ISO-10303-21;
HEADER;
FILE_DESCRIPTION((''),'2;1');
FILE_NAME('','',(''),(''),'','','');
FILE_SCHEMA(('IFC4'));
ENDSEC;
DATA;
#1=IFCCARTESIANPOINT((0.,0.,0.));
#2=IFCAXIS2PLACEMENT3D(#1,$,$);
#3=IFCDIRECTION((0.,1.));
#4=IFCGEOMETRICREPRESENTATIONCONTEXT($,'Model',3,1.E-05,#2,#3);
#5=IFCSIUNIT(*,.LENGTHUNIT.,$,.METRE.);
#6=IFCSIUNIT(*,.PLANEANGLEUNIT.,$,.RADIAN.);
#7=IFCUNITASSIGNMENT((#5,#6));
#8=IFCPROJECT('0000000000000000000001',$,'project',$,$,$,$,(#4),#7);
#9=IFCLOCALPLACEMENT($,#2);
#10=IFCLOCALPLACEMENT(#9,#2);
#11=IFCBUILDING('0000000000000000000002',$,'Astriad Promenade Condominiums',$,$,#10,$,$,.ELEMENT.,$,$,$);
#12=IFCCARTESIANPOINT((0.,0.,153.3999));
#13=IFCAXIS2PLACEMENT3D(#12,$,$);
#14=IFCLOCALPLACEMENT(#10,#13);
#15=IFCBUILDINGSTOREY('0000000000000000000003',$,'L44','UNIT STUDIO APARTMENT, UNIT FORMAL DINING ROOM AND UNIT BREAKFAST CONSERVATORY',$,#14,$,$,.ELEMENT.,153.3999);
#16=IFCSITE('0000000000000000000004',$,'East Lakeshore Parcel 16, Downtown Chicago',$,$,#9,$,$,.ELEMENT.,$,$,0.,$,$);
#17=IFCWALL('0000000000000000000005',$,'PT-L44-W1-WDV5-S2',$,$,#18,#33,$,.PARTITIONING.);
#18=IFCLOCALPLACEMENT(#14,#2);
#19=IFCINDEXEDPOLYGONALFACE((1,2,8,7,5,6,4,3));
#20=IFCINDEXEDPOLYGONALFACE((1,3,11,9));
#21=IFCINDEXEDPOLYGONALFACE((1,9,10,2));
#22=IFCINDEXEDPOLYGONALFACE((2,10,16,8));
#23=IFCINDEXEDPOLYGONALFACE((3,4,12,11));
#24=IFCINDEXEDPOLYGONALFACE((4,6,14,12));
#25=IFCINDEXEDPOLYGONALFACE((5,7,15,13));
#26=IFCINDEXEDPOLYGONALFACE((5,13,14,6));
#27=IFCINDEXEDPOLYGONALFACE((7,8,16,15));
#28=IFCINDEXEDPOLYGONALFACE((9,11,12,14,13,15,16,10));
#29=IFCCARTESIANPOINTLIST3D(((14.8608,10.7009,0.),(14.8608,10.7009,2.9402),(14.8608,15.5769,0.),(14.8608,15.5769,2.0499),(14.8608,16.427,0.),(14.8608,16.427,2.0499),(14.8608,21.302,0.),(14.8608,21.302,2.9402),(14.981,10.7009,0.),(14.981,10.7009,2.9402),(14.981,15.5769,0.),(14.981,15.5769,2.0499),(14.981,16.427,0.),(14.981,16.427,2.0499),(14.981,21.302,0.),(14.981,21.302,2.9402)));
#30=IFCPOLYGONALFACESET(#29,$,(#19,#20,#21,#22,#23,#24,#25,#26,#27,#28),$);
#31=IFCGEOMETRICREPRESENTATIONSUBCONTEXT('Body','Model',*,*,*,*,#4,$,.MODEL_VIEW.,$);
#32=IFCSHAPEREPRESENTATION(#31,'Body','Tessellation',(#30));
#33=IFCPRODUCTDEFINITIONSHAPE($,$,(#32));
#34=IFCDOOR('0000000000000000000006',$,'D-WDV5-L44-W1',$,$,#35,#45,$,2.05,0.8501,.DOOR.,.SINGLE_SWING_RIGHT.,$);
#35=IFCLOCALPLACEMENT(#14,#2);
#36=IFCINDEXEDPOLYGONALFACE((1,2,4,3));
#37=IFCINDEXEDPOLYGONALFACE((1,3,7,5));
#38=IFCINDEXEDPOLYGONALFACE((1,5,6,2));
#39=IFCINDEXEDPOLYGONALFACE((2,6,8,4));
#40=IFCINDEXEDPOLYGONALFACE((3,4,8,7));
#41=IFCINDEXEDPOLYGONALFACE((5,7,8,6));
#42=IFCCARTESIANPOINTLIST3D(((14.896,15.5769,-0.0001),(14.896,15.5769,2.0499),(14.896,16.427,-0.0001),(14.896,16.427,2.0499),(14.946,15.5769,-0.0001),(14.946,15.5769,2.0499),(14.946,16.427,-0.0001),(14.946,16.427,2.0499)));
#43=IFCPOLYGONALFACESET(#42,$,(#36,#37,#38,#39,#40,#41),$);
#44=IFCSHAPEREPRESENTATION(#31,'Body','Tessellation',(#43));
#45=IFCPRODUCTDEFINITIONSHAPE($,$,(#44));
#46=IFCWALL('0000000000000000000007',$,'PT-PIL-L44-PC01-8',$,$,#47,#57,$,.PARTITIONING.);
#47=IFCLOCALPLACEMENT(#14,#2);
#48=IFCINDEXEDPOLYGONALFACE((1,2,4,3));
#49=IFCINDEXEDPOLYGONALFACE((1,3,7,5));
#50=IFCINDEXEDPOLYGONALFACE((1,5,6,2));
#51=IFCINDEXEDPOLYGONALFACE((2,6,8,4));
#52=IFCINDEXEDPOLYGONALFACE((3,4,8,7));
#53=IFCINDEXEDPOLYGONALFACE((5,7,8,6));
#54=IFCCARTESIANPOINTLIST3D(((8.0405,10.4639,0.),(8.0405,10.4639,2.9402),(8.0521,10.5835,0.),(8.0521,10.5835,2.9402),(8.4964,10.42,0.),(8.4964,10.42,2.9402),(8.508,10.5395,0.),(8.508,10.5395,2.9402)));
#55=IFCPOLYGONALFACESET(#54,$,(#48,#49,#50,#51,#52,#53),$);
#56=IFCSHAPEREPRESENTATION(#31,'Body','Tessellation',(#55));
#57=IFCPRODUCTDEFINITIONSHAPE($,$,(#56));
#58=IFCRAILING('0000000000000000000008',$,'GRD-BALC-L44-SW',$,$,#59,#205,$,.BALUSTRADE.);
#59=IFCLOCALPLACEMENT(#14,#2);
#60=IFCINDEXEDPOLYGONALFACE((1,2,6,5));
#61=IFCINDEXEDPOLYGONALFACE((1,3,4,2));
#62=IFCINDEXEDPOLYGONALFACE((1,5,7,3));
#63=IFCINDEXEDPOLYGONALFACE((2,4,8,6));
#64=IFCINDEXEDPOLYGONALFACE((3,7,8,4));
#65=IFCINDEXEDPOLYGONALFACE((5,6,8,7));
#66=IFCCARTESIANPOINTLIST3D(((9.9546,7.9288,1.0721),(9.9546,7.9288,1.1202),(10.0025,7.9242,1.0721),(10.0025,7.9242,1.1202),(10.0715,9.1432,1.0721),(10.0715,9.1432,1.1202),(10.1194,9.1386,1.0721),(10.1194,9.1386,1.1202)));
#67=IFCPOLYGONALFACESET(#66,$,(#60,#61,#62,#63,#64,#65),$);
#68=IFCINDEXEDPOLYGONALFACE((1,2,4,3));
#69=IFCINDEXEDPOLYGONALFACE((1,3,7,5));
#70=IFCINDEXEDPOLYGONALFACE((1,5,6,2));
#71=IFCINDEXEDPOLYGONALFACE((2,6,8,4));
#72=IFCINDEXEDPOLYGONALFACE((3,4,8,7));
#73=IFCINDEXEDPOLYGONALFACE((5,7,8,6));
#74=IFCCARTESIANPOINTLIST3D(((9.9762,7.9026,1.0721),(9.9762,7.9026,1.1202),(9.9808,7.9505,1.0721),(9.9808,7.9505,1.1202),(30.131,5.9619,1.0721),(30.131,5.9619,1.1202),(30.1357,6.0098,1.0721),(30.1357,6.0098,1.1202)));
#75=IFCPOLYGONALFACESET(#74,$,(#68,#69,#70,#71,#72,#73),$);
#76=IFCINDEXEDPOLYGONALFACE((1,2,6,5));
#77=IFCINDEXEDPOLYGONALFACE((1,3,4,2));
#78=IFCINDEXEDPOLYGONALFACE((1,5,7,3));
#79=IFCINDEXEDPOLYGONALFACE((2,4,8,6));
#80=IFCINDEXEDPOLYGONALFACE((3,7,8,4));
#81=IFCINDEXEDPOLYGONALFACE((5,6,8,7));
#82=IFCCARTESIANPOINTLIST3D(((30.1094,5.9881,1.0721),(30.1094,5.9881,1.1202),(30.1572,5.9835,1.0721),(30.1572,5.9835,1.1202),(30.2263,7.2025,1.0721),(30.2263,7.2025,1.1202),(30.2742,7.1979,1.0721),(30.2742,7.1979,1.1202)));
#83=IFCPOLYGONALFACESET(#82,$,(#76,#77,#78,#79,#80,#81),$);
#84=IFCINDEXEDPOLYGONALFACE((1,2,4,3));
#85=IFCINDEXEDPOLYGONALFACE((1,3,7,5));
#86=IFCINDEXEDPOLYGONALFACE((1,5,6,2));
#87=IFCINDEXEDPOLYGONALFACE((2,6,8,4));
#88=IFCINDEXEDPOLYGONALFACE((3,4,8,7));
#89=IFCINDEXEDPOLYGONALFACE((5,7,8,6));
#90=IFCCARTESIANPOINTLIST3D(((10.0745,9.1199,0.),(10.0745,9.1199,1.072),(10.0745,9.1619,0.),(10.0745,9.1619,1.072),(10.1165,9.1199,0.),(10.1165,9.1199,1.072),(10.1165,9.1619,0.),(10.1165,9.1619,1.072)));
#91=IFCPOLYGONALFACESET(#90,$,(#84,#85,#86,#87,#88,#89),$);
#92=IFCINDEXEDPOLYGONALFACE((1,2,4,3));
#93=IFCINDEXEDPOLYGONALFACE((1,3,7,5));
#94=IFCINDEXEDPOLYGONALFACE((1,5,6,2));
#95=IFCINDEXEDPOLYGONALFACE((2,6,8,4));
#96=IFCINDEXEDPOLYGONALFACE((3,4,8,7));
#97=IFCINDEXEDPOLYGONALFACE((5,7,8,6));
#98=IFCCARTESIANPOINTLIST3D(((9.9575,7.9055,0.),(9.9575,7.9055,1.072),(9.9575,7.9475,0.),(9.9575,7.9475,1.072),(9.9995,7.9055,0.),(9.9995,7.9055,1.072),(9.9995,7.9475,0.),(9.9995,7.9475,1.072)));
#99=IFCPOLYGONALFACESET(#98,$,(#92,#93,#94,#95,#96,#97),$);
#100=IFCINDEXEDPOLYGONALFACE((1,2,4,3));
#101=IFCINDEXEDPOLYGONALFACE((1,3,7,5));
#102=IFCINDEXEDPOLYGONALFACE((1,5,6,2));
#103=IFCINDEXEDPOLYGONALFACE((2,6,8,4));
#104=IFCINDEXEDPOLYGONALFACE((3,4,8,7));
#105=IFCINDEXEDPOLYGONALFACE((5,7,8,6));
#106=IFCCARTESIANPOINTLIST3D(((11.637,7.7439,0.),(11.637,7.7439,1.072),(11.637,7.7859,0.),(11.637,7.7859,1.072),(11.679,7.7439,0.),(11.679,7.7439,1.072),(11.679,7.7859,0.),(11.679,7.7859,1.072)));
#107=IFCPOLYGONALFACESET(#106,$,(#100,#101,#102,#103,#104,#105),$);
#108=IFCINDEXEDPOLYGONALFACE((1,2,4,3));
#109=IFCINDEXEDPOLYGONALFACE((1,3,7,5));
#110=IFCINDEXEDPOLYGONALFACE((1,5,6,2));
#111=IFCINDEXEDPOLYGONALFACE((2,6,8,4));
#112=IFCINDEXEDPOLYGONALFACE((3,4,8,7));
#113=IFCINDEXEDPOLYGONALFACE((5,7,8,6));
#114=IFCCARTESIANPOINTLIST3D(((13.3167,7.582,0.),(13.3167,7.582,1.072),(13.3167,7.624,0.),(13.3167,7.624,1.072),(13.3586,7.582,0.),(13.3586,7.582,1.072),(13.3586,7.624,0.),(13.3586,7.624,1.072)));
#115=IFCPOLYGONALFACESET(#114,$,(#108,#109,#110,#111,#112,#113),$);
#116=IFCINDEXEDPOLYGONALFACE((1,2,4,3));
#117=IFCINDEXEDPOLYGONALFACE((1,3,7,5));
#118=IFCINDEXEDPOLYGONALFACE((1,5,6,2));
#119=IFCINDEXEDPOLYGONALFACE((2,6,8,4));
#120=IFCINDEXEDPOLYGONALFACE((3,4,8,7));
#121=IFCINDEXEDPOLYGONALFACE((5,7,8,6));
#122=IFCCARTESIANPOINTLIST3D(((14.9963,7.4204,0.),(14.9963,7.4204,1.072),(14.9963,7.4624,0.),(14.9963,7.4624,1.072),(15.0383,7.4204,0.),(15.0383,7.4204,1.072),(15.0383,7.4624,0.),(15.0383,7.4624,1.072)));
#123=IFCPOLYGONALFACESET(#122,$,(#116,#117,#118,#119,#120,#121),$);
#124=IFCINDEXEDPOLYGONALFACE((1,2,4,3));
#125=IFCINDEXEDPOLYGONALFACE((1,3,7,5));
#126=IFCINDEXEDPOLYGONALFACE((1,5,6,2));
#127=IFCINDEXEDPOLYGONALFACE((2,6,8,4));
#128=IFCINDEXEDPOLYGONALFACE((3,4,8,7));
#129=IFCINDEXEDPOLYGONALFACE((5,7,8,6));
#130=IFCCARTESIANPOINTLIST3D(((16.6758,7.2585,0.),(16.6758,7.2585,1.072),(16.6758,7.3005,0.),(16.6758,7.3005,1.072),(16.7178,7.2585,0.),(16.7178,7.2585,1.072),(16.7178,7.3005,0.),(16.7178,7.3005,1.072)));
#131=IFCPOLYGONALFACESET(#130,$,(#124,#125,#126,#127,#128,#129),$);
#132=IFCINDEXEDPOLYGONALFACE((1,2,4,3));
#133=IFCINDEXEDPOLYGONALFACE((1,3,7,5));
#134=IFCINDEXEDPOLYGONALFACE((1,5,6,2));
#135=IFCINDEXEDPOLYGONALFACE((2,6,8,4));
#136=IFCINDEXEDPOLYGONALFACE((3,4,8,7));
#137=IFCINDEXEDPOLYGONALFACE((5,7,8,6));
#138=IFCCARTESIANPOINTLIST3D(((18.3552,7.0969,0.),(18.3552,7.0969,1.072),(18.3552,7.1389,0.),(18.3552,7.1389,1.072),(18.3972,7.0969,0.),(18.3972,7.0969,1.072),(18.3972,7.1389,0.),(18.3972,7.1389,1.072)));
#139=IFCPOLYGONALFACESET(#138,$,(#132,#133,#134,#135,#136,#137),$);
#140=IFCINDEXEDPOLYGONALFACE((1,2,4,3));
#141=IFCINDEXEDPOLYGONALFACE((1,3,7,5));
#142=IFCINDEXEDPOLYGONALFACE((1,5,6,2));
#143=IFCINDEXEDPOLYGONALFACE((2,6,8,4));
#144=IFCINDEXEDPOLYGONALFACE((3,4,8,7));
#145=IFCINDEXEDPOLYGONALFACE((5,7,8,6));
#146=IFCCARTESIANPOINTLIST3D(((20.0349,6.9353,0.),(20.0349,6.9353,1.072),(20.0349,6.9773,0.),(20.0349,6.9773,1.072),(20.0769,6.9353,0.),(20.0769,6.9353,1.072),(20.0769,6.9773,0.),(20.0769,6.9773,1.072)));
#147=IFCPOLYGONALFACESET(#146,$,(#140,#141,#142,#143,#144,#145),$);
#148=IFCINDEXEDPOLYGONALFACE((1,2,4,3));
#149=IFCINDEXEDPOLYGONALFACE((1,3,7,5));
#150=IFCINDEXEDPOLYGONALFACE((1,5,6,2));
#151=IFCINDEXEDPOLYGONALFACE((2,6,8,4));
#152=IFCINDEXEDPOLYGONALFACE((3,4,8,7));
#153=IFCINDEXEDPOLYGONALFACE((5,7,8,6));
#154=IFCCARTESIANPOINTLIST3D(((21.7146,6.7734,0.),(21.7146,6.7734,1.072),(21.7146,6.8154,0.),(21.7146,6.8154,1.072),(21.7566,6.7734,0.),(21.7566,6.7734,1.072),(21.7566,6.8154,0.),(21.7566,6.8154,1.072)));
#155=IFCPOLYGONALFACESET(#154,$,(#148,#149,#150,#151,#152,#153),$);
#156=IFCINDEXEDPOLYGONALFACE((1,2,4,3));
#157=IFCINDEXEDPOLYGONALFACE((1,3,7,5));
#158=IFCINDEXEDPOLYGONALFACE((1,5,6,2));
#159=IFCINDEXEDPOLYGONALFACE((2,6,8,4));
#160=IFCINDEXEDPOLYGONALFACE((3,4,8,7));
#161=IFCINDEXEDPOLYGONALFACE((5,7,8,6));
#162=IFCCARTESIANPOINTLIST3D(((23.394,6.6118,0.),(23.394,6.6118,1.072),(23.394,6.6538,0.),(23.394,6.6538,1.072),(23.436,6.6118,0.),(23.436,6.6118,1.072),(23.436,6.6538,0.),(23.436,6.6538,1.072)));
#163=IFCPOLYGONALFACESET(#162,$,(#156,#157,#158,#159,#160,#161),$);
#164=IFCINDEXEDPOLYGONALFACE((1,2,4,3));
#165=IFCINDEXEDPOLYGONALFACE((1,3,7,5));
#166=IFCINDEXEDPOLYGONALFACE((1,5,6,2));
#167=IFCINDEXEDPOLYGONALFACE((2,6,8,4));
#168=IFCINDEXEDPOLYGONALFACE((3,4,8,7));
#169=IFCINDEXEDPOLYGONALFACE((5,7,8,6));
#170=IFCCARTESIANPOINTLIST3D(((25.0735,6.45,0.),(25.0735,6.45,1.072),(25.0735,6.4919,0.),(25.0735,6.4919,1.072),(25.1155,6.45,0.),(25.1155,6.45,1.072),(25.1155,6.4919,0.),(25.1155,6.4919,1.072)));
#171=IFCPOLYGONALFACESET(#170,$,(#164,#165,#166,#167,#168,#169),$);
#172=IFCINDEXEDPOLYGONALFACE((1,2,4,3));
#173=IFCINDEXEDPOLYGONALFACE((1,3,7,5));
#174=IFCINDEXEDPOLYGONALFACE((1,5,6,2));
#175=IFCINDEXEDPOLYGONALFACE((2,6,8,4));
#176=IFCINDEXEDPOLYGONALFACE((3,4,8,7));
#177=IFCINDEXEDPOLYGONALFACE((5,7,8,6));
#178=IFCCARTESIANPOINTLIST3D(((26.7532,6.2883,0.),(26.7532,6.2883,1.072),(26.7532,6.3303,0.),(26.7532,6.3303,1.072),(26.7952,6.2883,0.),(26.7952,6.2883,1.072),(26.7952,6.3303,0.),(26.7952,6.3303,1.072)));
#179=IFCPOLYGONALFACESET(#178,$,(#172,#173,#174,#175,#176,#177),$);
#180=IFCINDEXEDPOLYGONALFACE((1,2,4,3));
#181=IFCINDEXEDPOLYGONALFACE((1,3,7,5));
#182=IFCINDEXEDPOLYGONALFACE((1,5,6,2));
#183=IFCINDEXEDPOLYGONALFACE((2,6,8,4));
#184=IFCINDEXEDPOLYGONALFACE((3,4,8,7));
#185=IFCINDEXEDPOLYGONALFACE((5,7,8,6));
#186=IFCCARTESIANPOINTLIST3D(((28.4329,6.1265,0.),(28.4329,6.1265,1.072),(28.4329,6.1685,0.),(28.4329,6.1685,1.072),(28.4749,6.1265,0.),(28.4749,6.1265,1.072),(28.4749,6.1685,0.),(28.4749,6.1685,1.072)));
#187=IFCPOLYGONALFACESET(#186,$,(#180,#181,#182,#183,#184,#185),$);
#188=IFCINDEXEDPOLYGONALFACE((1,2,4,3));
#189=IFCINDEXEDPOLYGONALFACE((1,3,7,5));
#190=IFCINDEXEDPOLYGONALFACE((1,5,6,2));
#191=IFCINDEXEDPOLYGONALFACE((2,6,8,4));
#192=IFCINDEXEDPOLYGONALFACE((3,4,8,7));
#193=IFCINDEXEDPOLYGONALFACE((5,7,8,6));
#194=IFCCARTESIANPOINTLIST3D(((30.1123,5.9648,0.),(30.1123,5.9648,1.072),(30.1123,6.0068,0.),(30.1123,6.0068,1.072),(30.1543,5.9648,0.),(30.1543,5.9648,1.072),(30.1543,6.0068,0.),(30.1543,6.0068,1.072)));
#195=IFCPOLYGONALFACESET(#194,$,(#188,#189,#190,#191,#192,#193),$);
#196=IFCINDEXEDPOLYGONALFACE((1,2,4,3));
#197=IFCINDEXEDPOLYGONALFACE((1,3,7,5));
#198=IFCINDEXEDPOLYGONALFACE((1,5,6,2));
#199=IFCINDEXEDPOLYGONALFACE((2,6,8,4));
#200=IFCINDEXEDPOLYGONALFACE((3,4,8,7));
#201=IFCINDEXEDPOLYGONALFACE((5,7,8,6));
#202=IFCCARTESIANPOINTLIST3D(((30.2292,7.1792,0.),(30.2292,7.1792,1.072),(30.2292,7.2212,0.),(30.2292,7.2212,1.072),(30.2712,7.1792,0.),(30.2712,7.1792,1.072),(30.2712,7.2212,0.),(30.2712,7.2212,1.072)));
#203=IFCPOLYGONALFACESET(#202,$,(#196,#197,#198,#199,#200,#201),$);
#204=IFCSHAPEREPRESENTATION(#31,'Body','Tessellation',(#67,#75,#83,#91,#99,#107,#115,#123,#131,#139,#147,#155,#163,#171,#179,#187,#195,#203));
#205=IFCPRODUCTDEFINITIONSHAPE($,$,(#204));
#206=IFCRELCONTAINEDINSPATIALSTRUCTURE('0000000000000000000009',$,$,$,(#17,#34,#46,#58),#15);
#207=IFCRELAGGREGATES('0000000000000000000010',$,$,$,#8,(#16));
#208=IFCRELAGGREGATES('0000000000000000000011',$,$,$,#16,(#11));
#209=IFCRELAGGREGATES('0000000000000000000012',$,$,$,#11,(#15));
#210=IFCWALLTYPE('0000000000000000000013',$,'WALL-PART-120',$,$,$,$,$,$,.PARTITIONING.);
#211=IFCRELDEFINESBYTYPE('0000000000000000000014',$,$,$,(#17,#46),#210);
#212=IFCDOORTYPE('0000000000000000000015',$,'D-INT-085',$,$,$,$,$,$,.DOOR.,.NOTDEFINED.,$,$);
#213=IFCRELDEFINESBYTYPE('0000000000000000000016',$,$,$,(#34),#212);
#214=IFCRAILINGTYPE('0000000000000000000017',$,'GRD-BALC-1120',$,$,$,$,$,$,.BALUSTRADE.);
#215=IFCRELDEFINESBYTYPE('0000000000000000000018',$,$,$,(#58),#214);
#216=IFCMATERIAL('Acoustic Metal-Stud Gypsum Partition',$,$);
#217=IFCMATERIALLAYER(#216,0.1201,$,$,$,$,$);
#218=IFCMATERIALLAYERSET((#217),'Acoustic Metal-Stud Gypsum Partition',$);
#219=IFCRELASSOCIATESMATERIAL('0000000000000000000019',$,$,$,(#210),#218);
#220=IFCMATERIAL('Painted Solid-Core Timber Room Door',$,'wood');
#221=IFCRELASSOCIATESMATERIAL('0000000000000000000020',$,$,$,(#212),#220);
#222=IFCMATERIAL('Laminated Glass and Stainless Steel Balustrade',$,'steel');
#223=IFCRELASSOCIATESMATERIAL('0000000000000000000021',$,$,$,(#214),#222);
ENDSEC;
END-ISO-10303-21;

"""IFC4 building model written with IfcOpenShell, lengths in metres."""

from ifc_helpers import new_model, si_unit, direction, frame, frame_2d, origin, origin_2d, place, context, subcontext, project, spatial, rectangle, extrude, source, transform, mapped, material, layer, layer_set, type_object, type_shapes, element, fill, save


model = new_model("IFC4")

# Units and contexts
model_context = context("Model", 3, precision=1e-05, world=origin(), true_north=direction((0.0, 1.0)))
body_context = subcontext(model_context, "Body", "Model", "MODEL_VIEW")
ifc_project = project(units=[si_unit("LENGTHUNIT", "METRE"), si_unit("PLANEANGLEUNIT", "RADIAN")], contexts=[model_context])

# Site, building, storey
site_placement = place(None, origin())
site = spatial("IfcSite", under=ifc_project, at=site_placement, Name="East Lakeshore Parcel 16, Downtown Chicago", CompositionType="ELEMENT", RefElevation=0.0)
building_placement = place(site_placement, origin())
building = spatial("IfcBuilding", under=site, at=building_placement, Name="Astriad Promenade Condominiums", CompositionType="ELEMENT")
storey_placement = place(building_placement, frame((0.0, 0.0, 153.3999)))
storey = spatial("IfcBuildingStorey", under=building, at=storey_placement, Name="L44", Description="UNIT STUDIO APARTMENT, UNIT FORMAL DINING ROOM AND UNIT BREAKFAST CONSERVATORY", CompositionType="ELEMENT", Elevation=153.3999)

# Shared definitions
ifc_material_1 = material(Name="Acoustic Metal-Stud Gypsum Partition")
ifc_layer_1 = layer(ifc_material_1, 0.1201)
ifc_layer_set_1 = layer_set([ifc_layer_1], Name="Acoustic Metal-Stud Gypsum Partition")
wall_type_1 = type_object("IfcWallType", Name="WALL-PART-120", PredefinedType="PARTITIONING", material=ifc_layer_set_1)
ifc_material_2 = material(Name="Painted Solid-Core Timber Room Door", Category="wood")
door_type_1 = type_object("IfcDoorType", Name="D-INT-085", OperationType="NOTDEFINED", PredefinedType="DOOR", material=ifc_material_2)
shared_shape_1 = source(origin(), body_context, "Body", "SweptSolid", [
    extrude(rectangle(XDim=0.8501, YDim=2.05, at=frame_2d((0.425, 1.0249))), frame((0.0, 0.0249, 0.0), z_axis=(0.0, -1.0, 0.0), x_axis=(1.0, 0.0, 0.0)), (0.0, 0.0, 1.0), 0.05),
])
type_shapes(door_type_1, [shared_shape_1])

# Wall, opening, door
wall_1_placement = place(storey_placement, frame((14.9209, 10.7009, 0.0), z_axis=(0.0, 0.0, 1.0), x_axis=(0.0, 1.0, 0.0)))
wall_1 = element("IfcWall", 1, at=wall_1_placement, inside=storey, type_object=wall_type_1, Name="PT-L44-W1-WDV5-S2", PredefinedType="PARTITIONING", context=body_context, shape_type="SweptSolid", body=[
    extrude(rectangle(XDim=10.6011, YDim=0.1201, at=frame_2d((5.3005, 0.0))), origin(), (0.0, 0.0, 1.0), 2.9402),
])
opening_1_placement = place(wall_1_placement, frame((4.876, 0.0, 0.0)))
opening_1 = element("IfcOpeningElement", 2, at=opening_1_placement, cuts=wall_1, PredefinedType="OPENING", context=body_context, shape_type="SweptSolid", body=[
    extrude(rectangle(XDim=0.8501, YDim=2.05, at=frame_2d((0.425, 1.0249))), frame((0.0, 0.0701, 0.0), z_axis=(0.0, -1.0, 0.0), x_axis=(1.0, 0.0, 0.0)), (0.0, 0.0, 1.0), 0.1401),
])
door_1_placement = place(opening_1_placement, origin())
door_1 = element("IfcDoor", 3, at=door_1_placement, inside=storey, type_object=door_type_1, Name="D-WDV5-L44-W1", OperationType="SINGLE_SWING_RIGHT", OverallHeight=2.05, OverallWidth=0.8501, PredefinedType="DOOR", context=body_context, shape_type="MappedRepresentation", body=[
    mapped(shared_shape_1, transform((0.0, 0.0, 0.0), scale=1.0)),
])
fill(opening_1, door_1)

# Wall
wall_2_placement = place(storey_placement, frame((8.5022, 10.4797, 0.0), z_axis=(0.0, 0.0, 1.0), x_axis=(-0.995385, 0.095966, 0.0)))
element("IfcWall", 4, at=wall_2_placement, inside=storey, type_object=wall_type_1, Name="PT-PIL-L44-PC01-8", PredefinedType="PARTITIONING", context=body_context, shape_type="SweptSolid", body=[
    extrude(rectangle(XDim=0.458, YDim=0.1201, at=frame_2d((0.229, 0.0))), origin(), (0.0, 0.0, 1.0), 2.9402),
])

# Railing
ifc_material_3 = material(Name="Laminated Glass and Stainless Steel Balustrade", Category="steel")
railing_type = type_object("IfcRailingType", Name="GRD-BALC-1120", PredefinedType="BALUSTRADE", material=ifc_material_3)
shared_shape_2 = source(origin(), body_context, "Body", "SweptSolid", [
    extrude(rectangle(XDim=0.0481, YDim=0.0481, at=origin_2d()), frame((0.0, 0.0, 1.0962), z_axis=(-0.095857, -0.995395, 0.0), x_axis=(0.995395, -0.095857, 0.0)), (0.0, 0.0, 1.0), 1.22),
    extrude(rectangle(XDim=0.0481, YDim=0.0481, at=origin_2d()), frame((-0.1169, -1.2144, 1.0962), z_axis=(0.995396, -0.095845, 0.0), x_axis=(0.095845, 0.995396, 0.0)), (0.0, 0.0, 1.0), 20.248),
    extrude(rectangle(XDim=0.0481, YDim=0.0481, at=origin_2d()), frame((20.0378, -3.155, 1.0962), z_axis=(0.095857, 0.995395, 0.0), x_axis=(-0.995395, 0.095857, 0.0)), (0.0, 0.0, 1.0), 1.22),
    extrude(rectangle(XDim=0.042, YDim=0.042, at=origin_2d()), origin(), (0.0, 0.0, 1.0), 1.072),
    extrude(rectangle(XDim=0.042, YDim=0.042, at=origin_2d()), frame((-0.1169, -1.2144, 0.0)), (0.0, 0.0, 1.0), 1.072),
    extrude(rectangle(XDim=0.042, YDim=0.042, at=origin_2d()), frame((1.5625, -1.376, 0.0)), (0.0, 0.0, 1.0), 1.072),
    extrude(rectangle(XDim=0.042, YDim=0.042, at=origin_2d()), frame((3.2422, -1.5378, 0.0)), (0.0, 0.0, 1.0), 1.072),
    extrude(rectangle(XDim=0.042, YDim=0.042, at=origin_2d()), frame((4.9219, -1.6995, 0.0)), (0.0, 0.0, 1.0), 1.072),
    extrude(rectangle(XDim=0.042, YDim=0.042, at=origin_2d()), frame((6.6013, -1.8613, 0.0)), (0.0, 0.0, 1.0), 1.072),
    extrude(rectangle(XDim=0.042, YDim=0.042, at=origin_2d()), frame((8.2808, -2.0229, 0.0)), (0.0, 0.0, 1.0), 1.072),
    extrude(rectangle(XDim=0.042, YDim=0.042, at=origin_2d()), frame((9.9604, -2.1846, 0.0)), (0.0, 0.0, 1.0), 1.072),
    extrude(rectangle(XDim=0.042, YDim=0.042, at=origin_2d()), frame((11.6401, -2.3464, 0.0)), (0.0, 0.0, 1.0), 1.072),
    extrude(rectangle(XDim=0.042, YDim=0.042, at=origin_2d()), frame((13.3196, -2.5081, 0.0)), (0.0, 0.0, 1.0), 1.072),
    extrude(rectangle(XDim=0.042, YDim=0.042, at=origin_2d()), frame((14.999, -2.6699, 0.0)), (0.0, 0.0, 1.0), 1.072),
    extrude(rectangle(XDim=0.042, YDim=0.042, at=origin_2d()), frame((16.6787, -2.8315, 0.0)), (0.0, 0.0, 1.0), 1.072),
    extrude(rectangle(XDim=0.042, YDim=0.042, at=origin_2d()), frame((18.3584, -2.9934, 0.0)), (0.0, 0.0, 1.0), 1.072),
    extrude(rectangle(XDim=0.042, YDim=0.042, at=origin_2d()), frame((20.0378, -3.155, 0.0)), (0.0, 0.0, 1.0), 1.072),
    extrude(rectangle(XDim=0.042, YDim=0.042, at=origin_2d()), frame((20.1548, -1.9407, 0.0)), (0.0, 0.0, 1.0), 1.072),
])
type_shapes(railing_type, [shared_shape_2])
railing_placement = place(storey_placement, frame((10.0955, 9.1409, 0.0)))
element("IfcRailing", 5, at=railing_placement, inside=storey, type_object=railing_type, Name="GRD-BALC-L44-SW", PredefinedType="BALUSTRADE", context=body_context, shape_type="MappedRepresentation", body=[
    mapped(shared_shape_2, transform((0.0, 0.0, 0.0), scale=1.0)),
])

save(model, "model.ifc")
